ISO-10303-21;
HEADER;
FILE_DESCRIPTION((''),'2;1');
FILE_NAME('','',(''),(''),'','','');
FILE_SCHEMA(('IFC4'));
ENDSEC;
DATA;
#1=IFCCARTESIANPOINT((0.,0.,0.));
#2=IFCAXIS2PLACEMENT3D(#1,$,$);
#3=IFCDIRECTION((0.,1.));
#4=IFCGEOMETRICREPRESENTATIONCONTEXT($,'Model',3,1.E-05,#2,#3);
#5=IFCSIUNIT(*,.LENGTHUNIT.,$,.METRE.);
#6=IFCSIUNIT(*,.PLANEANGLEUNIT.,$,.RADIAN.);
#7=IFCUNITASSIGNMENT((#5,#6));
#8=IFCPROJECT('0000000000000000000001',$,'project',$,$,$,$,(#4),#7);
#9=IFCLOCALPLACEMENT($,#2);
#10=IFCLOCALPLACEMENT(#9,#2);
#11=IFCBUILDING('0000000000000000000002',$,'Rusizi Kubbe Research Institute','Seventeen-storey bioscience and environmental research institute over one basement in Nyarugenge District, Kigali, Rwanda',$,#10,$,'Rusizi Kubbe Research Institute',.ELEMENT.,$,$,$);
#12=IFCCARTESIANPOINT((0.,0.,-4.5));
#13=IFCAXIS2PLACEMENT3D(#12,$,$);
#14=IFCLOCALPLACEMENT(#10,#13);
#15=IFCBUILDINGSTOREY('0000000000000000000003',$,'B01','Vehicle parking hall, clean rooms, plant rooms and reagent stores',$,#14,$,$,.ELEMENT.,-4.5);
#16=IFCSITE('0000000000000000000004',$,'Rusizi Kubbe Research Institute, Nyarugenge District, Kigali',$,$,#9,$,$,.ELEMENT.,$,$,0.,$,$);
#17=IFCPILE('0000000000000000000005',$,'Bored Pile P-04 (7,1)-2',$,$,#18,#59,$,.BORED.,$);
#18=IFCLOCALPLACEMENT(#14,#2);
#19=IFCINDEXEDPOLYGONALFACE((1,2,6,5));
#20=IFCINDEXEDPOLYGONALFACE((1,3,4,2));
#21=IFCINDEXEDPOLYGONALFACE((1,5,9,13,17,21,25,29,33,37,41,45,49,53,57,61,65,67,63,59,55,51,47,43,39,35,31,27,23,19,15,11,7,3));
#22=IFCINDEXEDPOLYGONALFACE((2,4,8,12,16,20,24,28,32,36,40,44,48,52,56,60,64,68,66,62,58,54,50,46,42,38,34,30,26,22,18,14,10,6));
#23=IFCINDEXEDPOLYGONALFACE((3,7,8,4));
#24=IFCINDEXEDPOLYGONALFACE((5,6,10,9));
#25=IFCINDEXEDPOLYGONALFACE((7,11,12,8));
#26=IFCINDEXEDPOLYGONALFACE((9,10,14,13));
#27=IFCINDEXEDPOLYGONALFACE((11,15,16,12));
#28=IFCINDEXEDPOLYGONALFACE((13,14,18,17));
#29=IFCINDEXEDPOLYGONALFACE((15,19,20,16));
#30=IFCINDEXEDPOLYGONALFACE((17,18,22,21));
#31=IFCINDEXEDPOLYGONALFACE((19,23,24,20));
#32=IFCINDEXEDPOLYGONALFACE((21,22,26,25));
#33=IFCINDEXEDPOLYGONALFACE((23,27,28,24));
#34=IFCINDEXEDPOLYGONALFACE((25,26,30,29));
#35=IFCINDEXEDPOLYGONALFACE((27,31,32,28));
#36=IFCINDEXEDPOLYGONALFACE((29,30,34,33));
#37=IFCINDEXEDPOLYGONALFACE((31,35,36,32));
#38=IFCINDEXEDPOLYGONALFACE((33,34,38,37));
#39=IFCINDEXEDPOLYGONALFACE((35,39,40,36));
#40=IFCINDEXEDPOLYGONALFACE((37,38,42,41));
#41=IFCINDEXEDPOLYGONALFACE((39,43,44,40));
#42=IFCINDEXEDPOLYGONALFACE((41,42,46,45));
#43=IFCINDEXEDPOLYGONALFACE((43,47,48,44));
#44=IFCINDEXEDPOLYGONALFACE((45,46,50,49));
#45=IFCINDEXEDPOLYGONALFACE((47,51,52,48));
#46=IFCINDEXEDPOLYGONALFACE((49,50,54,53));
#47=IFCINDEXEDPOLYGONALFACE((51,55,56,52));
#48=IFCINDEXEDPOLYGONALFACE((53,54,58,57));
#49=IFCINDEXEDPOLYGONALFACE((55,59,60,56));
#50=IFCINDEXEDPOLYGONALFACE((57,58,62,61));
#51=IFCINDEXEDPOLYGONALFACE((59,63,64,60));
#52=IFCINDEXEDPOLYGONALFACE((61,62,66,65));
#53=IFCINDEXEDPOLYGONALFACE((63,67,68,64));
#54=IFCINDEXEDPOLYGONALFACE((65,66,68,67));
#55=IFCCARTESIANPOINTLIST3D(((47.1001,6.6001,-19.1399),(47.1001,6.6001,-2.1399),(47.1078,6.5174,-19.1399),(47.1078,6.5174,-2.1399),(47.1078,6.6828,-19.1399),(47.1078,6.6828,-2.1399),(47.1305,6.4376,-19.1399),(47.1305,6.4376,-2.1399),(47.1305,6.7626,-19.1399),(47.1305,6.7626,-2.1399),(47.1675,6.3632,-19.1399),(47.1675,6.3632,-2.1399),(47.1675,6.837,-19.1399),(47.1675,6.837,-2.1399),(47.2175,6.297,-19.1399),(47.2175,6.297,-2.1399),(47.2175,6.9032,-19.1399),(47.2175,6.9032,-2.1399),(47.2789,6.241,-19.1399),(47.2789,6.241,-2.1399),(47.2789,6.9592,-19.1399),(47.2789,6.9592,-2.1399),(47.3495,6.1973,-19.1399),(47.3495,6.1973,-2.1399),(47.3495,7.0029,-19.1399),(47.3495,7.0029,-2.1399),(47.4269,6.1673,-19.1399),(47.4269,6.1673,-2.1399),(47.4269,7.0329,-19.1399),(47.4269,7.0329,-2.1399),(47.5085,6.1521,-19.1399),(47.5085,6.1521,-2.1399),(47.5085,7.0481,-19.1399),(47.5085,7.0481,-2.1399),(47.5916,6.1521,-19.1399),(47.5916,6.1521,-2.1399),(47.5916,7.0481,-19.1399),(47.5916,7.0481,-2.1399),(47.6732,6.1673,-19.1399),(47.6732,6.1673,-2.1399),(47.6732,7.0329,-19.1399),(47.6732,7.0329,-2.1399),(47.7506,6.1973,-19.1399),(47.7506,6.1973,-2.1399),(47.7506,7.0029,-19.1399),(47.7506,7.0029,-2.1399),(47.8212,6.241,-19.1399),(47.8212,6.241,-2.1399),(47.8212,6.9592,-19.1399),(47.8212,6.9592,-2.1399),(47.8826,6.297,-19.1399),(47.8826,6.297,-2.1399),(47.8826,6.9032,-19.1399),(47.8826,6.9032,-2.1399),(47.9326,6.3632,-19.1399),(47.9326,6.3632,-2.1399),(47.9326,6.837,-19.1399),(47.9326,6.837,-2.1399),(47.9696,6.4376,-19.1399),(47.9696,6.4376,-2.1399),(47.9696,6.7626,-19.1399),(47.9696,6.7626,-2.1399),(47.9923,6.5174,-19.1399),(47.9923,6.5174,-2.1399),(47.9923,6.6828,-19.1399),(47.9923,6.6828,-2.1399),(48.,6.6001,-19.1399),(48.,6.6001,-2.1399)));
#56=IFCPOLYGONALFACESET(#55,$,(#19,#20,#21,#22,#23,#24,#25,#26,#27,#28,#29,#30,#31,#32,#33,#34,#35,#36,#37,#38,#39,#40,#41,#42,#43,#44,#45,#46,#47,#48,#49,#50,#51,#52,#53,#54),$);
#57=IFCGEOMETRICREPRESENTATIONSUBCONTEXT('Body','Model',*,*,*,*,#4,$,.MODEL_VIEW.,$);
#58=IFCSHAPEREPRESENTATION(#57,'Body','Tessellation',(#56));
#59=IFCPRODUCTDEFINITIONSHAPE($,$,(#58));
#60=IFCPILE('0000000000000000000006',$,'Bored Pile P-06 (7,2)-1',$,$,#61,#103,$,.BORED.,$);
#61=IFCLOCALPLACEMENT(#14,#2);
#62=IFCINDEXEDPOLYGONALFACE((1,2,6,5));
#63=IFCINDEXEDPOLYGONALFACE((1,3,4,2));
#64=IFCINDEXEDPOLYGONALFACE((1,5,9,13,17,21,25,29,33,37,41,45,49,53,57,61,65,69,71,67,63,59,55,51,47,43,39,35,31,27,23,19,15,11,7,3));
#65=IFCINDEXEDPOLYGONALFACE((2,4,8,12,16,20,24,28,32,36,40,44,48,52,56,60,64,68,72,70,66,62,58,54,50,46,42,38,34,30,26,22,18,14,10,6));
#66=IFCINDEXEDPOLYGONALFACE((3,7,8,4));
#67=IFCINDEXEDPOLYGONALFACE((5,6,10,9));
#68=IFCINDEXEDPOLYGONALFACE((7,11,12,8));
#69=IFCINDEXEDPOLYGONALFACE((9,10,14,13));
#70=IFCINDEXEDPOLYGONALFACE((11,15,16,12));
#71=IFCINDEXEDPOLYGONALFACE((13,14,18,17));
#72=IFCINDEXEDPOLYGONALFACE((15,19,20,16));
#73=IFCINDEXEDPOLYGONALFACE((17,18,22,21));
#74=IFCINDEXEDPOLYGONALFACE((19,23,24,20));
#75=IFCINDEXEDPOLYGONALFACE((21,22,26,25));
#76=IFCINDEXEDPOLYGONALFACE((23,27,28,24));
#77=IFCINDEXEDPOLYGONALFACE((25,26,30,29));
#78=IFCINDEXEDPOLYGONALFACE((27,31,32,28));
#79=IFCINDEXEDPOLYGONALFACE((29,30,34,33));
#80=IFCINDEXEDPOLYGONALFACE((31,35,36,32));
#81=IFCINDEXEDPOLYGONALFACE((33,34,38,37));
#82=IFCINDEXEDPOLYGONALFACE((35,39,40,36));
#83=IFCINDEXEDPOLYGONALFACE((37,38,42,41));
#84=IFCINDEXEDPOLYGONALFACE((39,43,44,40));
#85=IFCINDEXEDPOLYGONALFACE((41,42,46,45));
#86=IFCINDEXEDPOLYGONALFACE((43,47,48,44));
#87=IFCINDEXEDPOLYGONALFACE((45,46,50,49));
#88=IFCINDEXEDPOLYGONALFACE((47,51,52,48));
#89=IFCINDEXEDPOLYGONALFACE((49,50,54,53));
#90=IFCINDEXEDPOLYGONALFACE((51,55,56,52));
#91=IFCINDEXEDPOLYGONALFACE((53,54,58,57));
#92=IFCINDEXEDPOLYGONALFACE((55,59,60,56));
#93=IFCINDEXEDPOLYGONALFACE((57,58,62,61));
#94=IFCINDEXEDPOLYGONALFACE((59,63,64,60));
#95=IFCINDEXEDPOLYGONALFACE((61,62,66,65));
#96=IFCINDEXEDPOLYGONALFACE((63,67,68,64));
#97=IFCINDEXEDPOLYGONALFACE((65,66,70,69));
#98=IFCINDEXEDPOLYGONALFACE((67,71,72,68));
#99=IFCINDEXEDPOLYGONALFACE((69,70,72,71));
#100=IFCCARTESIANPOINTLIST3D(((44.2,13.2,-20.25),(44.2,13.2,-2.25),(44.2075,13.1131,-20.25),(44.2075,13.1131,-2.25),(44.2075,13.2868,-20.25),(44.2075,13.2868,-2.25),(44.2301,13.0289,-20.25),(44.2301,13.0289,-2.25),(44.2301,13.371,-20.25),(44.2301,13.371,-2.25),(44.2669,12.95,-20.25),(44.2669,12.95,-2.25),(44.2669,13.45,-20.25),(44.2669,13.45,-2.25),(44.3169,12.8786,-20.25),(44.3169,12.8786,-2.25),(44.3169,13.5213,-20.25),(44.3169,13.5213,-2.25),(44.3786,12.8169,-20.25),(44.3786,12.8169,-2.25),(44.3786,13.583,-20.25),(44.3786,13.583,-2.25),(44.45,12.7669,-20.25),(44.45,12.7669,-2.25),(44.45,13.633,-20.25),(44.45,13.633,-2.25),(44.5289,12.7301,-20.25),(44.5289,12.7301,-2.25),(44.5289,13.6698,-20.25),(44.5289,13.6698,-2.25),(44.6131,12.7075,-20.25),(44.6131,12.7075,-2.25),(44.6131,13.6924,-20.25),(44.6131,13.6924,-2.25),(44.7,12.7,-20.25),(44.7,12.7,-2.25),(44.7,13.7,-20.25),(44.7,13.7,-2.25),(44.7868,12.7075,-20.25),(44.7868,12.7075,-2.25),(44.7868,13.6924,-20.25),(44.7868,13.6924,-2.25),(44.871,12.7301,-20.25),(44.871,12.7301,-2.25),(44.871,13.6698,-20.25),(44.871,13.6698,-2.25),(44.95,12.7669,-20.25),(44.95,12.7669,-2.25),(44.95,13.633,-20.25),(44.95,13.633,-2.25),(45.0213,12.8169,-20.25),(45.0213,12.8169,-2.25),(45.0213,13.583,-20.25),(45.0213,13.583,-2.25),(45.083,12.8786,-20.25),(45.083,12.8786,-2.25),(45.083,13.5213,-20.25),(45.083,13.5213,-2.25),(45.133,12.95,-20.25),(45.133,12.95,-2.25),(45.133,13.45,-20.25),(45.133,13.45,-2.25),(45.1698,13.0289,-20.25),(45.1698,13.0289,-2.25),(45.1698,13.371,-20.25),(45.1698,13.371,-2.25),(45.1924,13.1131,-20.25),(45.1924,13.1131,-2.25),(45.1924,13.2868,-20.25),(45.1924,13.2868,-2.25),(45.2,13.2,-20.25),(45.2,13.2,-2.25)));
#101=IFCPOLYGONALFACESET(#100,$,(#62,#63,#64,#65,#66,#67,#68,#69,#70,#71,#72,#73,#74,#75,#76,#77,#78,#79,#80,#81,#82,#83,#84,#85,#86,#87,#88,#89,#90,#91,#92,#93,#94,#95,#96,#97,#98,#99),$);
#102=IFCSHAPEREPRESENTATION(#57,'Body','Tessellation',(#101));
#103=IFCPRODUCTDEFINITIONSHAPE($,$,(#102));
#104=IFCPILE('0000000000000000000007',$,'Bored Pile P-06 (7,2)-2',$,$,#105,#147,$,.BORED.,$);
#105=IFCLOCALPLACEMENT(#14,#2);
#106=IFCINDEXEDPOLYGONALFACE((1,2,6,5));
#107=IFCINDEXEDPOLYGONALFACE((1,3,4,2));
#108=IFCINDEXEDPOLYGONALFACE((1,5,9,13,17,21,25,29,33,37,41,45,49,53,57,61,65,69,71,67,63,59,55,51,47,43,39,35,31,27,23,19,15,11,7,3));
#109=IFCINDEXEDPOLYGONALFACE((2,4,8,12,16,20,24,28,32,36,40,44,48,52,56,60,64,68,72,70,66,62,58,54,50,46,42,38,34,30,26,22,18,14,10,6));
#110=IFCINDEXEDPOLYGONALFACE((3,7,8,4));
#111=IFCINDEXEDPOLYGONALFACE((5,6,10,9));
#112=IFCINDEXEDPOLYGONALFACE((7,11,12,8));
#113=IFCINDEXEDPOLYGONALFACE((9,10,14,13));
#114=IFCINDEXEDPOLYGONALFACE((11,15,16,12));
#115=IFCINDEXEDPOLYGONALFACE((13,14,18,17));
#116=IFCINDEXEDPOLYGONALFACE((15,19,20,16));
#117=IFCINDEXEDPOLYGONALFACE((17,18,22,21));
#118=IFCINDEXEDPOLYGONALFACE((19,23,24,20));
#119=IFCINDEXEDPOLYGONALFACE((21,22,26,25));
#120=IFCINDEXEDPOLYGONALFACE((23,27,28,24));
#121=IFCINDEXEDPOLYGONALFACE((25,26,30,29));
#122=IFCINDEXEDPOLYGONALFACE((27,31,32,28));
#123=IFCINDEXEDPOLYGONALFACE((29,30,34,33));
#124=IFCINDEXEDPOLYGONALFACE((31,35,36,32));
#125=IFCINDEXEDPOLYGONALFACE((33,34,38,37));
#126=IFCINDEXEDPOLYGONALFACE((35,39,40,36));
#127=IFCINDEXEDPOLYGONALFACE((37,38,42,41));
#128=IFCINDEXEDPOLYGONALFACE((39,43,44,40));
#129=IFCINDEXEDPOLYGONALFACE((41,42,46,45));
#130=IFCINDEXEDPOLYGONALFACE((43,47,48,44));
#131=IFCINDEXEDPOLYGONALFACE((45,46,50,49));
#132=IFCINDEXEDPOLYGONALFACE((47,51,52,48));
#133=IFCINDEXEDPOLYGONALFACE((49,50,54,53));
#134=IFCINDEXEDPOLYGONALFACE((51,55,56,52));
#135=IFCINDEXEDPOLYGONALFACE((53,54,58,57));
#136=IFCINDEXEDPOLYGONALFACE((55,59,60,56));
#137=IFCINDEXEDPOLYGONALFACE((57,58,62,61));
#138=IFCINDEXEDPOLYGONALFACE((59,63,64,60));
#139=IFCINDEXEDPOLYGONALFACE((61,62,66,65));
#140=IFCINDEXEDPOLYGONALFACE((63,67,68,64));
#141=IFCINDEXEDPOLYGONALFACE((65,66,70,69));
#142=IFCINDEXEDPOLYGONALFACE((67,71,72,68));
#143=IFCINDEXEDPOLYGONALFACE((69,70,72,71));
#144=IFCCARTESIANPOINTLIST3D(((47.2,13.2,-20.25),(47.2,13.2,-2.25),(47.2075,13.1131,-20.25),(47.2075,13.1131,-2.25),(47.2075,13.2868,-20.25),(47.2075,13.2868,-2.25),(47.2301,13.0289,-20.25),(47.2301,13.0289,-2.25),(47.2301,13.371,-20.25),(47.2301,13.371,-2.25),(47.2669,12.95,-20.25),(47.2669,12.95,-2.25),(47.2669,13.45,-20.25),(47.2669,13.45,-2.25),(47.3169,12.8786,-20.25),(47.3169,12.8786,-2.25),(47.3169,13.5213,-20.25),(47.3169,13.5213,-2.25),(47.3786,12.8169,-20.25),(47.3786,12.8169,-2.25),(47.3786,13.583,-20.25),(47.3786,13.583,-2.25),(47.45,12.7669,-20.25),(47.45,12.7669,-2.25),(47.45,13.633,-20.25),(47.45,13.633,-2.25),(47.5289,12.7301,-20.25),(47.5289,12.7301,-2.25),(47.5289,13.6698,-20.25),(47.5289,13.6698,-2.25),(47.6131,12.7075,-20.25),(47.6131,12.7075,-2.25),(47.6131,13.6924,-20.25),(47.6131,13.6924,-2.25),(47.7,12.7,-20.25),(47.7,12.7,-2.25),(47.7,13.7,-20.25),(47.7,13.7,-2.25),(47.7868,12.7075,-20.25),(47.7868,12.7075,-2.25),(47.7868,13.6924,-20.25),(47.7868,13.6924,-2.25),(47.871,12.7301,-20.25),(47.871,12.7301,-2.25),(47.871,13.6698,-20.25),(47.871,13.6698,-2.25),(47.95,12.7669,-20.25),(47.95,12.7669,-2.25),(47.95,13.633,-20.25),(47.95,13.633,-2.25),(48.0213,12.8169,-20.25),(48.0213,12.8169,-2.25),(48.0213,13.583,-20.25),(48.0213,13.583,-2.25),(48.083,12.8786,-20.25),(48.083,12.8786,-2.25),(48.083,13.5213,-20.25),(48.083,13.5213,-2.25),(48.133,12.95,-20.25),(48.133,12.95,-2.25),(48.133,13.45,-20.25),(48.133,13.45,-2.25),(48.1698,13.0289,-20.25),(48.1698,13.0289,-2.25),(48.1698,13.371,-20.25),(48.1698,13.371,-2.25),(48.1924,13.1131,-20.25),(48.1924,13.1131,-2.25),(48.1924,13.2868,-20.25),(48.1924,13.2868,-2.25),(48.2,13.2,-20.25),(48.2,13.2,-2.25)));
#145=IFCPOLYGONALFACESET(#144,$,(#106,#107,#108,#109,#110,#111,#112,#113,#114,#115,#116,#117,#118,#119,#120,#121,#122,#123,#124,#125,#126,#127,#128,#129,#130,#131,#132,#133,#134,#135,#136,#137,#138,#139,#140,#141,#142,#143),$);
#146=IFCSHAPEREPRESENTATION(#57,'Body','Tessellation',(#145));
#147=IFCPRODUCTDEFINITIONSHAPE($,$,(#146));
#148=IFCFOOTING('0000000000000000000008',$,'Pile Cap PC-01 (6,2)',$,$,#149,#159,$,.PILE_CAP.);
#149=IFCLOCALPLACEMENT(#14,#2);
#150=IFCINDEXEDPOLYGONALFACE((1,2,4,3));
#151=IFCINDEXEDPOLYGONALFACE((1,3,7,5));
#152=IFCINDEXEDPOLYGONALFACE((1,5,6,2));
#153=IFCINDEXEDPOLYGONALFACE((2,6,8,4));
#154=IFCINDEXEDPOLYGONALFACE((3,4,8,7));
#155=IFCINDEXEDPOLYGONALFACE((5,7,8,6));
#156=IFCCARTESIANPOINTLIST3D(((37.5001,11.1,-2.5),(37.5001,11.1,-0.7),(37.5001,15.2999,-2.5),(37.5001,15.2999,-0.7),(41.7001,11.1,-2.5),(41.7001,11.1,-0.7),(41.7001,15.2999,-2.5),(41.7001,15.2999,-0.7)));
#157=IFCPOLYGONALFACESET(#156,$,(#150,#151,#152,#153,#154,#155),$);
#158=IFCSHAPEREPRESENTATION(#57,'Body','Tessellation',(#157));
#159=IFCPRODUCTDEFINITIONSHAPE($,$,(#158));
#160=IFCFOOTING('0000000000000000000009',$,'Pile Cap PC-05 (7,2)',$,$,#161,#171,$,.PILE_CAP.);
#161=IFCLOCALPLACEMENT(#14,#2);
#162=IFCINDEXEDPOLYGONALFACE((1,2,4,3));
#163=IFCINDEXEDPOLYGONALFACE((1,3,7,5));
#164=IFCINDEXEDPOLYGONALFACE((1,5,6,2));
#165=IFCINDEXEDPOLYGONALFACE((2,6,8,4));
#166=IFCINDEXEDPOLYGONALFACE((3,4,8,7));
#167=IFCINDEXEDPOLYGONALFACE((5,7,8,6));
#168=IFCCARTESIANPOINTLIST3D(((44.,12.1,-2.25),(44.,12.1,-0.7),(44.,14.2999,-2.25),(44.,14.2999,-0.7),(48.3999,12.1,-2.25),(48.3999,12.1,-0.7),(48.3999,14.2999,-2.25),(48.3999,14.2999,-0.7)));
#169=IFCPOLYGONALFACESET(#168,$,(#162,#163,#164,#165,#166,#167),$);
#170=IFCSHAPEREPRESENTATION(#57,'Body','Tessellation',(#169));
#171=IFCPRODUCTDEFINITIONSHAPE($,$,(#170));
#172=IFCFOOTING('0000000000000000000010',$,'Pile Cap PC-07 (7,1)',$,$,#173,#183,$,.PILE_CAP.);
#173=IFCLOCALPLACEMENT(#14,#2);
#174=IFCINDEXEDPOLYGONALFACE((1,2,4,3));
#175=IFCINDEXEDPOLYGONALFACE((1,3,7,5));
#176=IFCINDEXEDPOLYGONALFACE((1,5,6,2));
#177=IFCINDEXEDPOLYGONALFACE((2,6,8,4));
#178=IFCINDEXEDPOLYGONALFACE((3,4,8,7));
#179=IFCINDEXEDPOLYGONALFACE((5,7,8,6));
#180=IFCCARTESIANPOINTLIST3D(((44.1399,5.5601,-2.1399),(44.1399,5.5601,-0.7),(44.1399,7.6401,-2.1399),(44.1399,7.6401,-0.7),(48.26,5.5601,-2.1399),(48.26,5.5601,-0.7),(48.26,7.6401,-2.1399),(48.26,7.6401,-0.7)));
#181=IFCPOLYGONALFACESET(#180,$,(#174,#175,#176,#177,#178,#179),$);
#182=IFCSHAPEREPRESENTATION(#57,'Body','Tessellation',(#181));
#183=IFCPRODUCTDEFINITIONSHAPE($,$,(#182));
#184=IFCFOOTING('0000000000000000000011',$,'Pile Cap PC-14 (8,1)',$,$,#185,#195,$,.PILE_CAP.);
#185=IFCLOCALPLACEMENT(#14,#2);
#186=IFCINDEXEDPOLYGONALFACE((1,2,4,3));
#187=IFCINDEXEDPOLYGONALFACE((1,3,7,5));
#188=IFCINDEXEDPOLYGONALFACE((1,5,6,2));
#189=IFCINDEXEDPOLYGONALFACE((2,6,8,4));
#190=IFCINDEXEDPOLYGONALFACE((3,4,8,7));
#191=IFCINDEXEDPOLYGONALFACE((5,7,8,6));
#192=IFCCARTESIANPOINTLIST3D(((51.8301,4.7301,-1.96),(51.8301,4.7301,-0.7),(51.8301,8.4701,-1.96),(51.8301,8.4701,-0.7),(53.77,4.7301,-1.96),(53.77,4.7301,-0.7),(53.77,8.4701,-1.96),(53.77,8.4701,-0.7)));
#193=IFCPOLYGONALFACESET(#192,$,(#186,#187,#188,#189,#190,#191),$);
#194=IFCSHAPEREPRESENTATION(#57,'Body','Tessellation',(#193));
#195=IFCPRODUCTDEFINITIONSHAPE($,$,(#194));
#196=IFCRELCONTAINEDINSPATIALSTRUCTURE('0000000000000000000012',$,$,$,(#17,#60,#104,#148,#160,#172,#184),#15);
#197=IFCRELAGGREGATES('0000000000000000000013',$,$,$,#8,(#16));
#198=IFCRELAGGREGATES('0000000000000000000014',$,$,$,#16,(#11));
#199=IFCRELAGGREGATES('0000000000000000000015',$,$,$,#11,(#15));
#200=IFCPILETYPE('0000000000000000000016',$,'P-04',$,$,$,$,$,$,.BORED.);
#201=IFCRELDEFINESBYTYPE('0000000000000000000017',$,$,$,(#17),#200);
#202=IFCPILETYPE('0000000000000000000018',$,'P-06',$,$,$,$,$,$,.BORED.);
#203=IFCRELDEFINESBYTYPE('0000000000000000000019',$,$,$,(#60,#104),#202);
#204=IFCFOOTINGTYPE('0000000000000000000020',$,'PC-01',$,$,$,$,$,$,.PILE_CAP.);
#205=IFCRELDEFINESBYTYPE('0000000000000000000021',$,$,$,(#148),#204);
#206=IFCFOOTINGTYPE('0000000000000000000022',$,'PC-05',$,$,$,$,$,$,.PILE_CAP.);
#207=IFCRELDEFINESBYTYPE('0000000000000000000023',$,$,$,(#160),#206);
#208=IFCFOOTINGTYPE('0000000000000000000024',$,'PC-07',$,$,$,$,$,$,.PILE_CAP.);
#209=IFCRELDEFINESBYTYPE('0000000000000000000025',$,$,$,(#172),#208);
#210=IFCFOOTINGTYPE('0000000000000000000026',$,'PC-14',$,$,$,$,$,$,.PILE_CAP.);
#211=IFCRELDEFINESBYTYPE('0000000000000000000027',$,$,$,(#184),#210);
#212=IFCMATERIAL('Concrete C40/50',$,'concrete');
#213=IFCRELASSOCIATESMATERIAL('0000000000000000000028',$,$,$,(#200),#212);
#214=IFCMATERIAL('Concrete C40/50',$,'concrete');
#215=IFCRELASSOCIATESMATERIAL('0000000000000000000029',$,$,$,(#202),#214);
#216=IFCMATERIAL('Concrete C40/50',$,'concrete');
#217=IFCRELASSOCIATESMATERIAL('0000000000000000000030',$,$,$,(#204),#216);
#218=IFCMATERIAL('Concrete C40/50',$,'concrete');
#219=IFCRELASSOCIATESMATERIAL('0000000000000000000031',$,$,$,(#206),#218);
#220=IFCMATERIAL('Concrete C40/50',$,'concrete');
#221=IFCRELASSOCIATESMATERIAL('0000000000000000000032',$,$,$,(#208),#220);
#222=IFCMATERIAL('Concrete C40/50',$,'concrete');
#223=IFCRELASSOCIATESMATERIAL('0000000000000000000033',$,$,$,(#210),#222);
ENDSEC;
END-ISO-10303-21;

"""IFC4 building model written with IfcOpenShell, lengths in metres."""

from ifc_helpers import new_model, si_unit, direction, frame, origin, origin_2d, place, context, subcontext, project, spatial, rectangle, circle, extrude, material, material_profile, profile_set, type_object, element, save


model = new_model("IFC4")

# Units and contexts
model_context = context("Model", 3, precision=1e-05, world=origin(), true_north=direction((0.0, 1.0)))
body_context = subcontext(model_context, "Body", "Model", "MODEL_VIEW")
ifc_project = project(units=[si_unit("LENGTHUNIT", "METRE"), si_unit("PLANEANGLEUNIT", "RADIAN")], contexts=[model_context])

# Site, building, storey
site_placement = place(None, origin())
site = spatial("IfcSite", under=ifc_project, at=site_placement, Name="Rusizi Kubbe Research Institute, Nyarugenge District, Kigali", CompositionType="ELEMENT", RefElevation=0.0)
building_placement = place(site_placement, origin())
building = spatial("IfcBuilding", under=site, at=building_placement, Name="Rusizi Kubbe Research Institute", Description="Seventeen-storey bioscience and environmental research institute over one basement in Nyarugenge District, Kigali, Rwanda", LongName="Rusizi Kubbe Research Institute", CompositionType="ELEMENT")
storey_placement = place(building_placement, frame((0.0, 0.0, -4.5)))
storey = spatial("IfcBuildingStorey", under=building, at=storey_placement, Name="B01", Description="Vehicle parking hall, clean rooms, plant rooms and reagent stores", CompositionType="ELEMENT", Elevation=-4.5)

# Piles
ifc_material_1 = material(Name="Concrete C40/50", Category="concrete")
ifc_material_profile_1 = material_profile(ifc_material_1, circle(Radius=0.45, at=origin_2d()), Name="PILE-D900")
ifc_profile_set_1 = profile_set([ifc_material_profile_1], Name="Concrete C40/50")
pile_type_1 = type_object("IfcPileType", Name="P-04", PredefinedType="BORED", material=ifc_profile_set_1)
for number, where, z_axis, x_axis, name in (
    (1, (47.55, 6.6001, -2.1399), (0.0, 0.0, -1.0), (1.0, 0.0, 0.0), "Bored Pile P-04 (7,1)-2"),
):
    element("IfcPile", number, at=place(storey_placement, frame(where, z_axis=z_axis, x_axis=x_axis)), inside=storey, type_object=pile_type_1, Name=name, PredefinedType="BORED", context=body_context, shape_type="SweptSolid", body=[
        extrude(circle(Radius=0.45, at=origin_2d()), origin(), (0.0, 0.0, 1.0), 17.0),
    ])
ifc_material_2 = material(Name="Concrete C40/50", Category="concrete")
ifc_material_profile_2 = material_profile(ifc_material_2, circle(Radius=0.5, at=origin_2d()), Name="PILE-D1000")
ifc_profile_set_2 = profile_set([ifc_material_profile_2], Name="Concrete C40/50")
pile_type_2 = type_object("IfcPileType", Name="P-06", PredefinedType="BORED", material=ifc_profile_set_2)
for number, where, z_axis, x_axis, name in (
    (2, (44.7, 13.2, -2.25), (0.0, 0.0, -1.0), (1.0, 0.0, 0.0), "Bored Pile P-06 (7,2)-1"),
    (3, (47.7, 13.2, -2.25), (0.0, 0.0, -1.0), (1.0, 0.0, 0.0), "Bored Pile P-06 (7,2)-2"),
):
    element("IfcPile", number, at=place(storey_placement, frame(where, z_axis=z_axis, x_axis=x_axis)), inside=storey, type_object=pile_type_2, Name=name, PredefinedType="BORED", context=body_context, shape_type="SweptSolid", body=[
        extrude(circle(Radius=0.5, at=origin_2d()), origin(), (0.0, 0.0, 1.0), 18.0),
    ])

# Footings
ifc_material_3 = material(Name="Concrete C40/50", Category="concrete")
footing_type_1 = type_object("IfcFootingType", Name="PC-01", PredefinedType="PILE_CAP", material=ifc_material_3)
footing_1_placement = place(storey_placement, frame((39.6001, 13.2, -2.5), z_axis=(0.0, 0.0, 1.0), x_axis=(1.0, 0.0, 0.0)))
element("IfcFooting", 4, at=footing_1_placement, inside=storey, type_object=footing_type_1, Name="Pile Cap PC-01 (6,2)", PredefinedType="PILE_CAP", context=body_context, shape_type="SweptSolid", body=[
    extrude(rectangle(XDim=4.2, YDim=4.2, at=origin_2d()), origin(), (0.0, 0.0, 1.0), 1.8),
])
ifc_material_4 = material(Name="Concrete C40/50", Category="concrete")
footing_type_2 = type_object("IfcFootingType", Name="PC-05", PredefinedType="PILE_CAP", material=ifc_material_4)
footing_2_placement = place(storey_placement, frame((46.2, 13.2, -2.25), z_axis=(0.0, 0.0, 1.0), x_axis=(1.0, 0.0, 0.0)))
element("IfcFooting", 5, at=footing_2_placement, inside=storey, type_object=footing_type_2, Name="Pile Cap PC-05 (7,2)", PredefinedType="PILE_CAP", context=body_context, shape_type="SweptSolid", body=[
    extrude(rectangle(XDim=4.3999, YDim=2.2, at=origin_2d()), origin(), (0.0, 0.0, 1.0), 1.55),
])
ifc_material_5 = material(Name="Concrete C40/50", Category="concrete")
footing_type_3 = type_object("IfcFootingType", Name="PC-07", PredefinedType="PILE_CAP", material=ifc_material_5)
footing_3_placement = place(storey_placement, frame((46.2, 6.6001, -2.1399), z_axis=(0.0, 0.0, 1.0), x_axis=(1.0, 0.0, 0.0)))
element("IfcFooting", 6, at=footing_3_placement, inside=storey, type_object=footing_type_3, Name="Pile Cap PC-07 (7,1)", PredefinedType="PILE_CAP", context=body_context, shape_type="SweptSolid", body=[
    extrude(rectangle(XDim=4.1201, YDim=2.0801, at=origin_2d()), origin(), (0.0, 0.0, 1.0), 1.4399),
])
ifc_material_6 = material(Name="Concrete C40/50", Category="concrete")
footing_type_4 = type_object("IfcFootingType", Name="PC-14", PredefinedType="PILE_CAP", material=ifc_material_6)
footing_4_placement = place(storey_placement, frame((52.8, 6.6001, -1.96), z_axis=(0.0, 0.0, 1.0), x_axis=(1.0, 0.0, 0.0)))
element("IfcFooting", 7, at=footing_4_placement, inside=storey, type_object=footing_type_4, Name="Pile Cap PC-14 (8,1)", PredefinedType="PILE_CAP", context=body_context, shape_type="SweptSolid", body=[
    extrude(rectangle(XDim=1.9399, YDim=3.74, at=origin_2d()), origin(), (0.0, 0.0, 1.0), 1.26),
])

save(model, "model.ifc")
